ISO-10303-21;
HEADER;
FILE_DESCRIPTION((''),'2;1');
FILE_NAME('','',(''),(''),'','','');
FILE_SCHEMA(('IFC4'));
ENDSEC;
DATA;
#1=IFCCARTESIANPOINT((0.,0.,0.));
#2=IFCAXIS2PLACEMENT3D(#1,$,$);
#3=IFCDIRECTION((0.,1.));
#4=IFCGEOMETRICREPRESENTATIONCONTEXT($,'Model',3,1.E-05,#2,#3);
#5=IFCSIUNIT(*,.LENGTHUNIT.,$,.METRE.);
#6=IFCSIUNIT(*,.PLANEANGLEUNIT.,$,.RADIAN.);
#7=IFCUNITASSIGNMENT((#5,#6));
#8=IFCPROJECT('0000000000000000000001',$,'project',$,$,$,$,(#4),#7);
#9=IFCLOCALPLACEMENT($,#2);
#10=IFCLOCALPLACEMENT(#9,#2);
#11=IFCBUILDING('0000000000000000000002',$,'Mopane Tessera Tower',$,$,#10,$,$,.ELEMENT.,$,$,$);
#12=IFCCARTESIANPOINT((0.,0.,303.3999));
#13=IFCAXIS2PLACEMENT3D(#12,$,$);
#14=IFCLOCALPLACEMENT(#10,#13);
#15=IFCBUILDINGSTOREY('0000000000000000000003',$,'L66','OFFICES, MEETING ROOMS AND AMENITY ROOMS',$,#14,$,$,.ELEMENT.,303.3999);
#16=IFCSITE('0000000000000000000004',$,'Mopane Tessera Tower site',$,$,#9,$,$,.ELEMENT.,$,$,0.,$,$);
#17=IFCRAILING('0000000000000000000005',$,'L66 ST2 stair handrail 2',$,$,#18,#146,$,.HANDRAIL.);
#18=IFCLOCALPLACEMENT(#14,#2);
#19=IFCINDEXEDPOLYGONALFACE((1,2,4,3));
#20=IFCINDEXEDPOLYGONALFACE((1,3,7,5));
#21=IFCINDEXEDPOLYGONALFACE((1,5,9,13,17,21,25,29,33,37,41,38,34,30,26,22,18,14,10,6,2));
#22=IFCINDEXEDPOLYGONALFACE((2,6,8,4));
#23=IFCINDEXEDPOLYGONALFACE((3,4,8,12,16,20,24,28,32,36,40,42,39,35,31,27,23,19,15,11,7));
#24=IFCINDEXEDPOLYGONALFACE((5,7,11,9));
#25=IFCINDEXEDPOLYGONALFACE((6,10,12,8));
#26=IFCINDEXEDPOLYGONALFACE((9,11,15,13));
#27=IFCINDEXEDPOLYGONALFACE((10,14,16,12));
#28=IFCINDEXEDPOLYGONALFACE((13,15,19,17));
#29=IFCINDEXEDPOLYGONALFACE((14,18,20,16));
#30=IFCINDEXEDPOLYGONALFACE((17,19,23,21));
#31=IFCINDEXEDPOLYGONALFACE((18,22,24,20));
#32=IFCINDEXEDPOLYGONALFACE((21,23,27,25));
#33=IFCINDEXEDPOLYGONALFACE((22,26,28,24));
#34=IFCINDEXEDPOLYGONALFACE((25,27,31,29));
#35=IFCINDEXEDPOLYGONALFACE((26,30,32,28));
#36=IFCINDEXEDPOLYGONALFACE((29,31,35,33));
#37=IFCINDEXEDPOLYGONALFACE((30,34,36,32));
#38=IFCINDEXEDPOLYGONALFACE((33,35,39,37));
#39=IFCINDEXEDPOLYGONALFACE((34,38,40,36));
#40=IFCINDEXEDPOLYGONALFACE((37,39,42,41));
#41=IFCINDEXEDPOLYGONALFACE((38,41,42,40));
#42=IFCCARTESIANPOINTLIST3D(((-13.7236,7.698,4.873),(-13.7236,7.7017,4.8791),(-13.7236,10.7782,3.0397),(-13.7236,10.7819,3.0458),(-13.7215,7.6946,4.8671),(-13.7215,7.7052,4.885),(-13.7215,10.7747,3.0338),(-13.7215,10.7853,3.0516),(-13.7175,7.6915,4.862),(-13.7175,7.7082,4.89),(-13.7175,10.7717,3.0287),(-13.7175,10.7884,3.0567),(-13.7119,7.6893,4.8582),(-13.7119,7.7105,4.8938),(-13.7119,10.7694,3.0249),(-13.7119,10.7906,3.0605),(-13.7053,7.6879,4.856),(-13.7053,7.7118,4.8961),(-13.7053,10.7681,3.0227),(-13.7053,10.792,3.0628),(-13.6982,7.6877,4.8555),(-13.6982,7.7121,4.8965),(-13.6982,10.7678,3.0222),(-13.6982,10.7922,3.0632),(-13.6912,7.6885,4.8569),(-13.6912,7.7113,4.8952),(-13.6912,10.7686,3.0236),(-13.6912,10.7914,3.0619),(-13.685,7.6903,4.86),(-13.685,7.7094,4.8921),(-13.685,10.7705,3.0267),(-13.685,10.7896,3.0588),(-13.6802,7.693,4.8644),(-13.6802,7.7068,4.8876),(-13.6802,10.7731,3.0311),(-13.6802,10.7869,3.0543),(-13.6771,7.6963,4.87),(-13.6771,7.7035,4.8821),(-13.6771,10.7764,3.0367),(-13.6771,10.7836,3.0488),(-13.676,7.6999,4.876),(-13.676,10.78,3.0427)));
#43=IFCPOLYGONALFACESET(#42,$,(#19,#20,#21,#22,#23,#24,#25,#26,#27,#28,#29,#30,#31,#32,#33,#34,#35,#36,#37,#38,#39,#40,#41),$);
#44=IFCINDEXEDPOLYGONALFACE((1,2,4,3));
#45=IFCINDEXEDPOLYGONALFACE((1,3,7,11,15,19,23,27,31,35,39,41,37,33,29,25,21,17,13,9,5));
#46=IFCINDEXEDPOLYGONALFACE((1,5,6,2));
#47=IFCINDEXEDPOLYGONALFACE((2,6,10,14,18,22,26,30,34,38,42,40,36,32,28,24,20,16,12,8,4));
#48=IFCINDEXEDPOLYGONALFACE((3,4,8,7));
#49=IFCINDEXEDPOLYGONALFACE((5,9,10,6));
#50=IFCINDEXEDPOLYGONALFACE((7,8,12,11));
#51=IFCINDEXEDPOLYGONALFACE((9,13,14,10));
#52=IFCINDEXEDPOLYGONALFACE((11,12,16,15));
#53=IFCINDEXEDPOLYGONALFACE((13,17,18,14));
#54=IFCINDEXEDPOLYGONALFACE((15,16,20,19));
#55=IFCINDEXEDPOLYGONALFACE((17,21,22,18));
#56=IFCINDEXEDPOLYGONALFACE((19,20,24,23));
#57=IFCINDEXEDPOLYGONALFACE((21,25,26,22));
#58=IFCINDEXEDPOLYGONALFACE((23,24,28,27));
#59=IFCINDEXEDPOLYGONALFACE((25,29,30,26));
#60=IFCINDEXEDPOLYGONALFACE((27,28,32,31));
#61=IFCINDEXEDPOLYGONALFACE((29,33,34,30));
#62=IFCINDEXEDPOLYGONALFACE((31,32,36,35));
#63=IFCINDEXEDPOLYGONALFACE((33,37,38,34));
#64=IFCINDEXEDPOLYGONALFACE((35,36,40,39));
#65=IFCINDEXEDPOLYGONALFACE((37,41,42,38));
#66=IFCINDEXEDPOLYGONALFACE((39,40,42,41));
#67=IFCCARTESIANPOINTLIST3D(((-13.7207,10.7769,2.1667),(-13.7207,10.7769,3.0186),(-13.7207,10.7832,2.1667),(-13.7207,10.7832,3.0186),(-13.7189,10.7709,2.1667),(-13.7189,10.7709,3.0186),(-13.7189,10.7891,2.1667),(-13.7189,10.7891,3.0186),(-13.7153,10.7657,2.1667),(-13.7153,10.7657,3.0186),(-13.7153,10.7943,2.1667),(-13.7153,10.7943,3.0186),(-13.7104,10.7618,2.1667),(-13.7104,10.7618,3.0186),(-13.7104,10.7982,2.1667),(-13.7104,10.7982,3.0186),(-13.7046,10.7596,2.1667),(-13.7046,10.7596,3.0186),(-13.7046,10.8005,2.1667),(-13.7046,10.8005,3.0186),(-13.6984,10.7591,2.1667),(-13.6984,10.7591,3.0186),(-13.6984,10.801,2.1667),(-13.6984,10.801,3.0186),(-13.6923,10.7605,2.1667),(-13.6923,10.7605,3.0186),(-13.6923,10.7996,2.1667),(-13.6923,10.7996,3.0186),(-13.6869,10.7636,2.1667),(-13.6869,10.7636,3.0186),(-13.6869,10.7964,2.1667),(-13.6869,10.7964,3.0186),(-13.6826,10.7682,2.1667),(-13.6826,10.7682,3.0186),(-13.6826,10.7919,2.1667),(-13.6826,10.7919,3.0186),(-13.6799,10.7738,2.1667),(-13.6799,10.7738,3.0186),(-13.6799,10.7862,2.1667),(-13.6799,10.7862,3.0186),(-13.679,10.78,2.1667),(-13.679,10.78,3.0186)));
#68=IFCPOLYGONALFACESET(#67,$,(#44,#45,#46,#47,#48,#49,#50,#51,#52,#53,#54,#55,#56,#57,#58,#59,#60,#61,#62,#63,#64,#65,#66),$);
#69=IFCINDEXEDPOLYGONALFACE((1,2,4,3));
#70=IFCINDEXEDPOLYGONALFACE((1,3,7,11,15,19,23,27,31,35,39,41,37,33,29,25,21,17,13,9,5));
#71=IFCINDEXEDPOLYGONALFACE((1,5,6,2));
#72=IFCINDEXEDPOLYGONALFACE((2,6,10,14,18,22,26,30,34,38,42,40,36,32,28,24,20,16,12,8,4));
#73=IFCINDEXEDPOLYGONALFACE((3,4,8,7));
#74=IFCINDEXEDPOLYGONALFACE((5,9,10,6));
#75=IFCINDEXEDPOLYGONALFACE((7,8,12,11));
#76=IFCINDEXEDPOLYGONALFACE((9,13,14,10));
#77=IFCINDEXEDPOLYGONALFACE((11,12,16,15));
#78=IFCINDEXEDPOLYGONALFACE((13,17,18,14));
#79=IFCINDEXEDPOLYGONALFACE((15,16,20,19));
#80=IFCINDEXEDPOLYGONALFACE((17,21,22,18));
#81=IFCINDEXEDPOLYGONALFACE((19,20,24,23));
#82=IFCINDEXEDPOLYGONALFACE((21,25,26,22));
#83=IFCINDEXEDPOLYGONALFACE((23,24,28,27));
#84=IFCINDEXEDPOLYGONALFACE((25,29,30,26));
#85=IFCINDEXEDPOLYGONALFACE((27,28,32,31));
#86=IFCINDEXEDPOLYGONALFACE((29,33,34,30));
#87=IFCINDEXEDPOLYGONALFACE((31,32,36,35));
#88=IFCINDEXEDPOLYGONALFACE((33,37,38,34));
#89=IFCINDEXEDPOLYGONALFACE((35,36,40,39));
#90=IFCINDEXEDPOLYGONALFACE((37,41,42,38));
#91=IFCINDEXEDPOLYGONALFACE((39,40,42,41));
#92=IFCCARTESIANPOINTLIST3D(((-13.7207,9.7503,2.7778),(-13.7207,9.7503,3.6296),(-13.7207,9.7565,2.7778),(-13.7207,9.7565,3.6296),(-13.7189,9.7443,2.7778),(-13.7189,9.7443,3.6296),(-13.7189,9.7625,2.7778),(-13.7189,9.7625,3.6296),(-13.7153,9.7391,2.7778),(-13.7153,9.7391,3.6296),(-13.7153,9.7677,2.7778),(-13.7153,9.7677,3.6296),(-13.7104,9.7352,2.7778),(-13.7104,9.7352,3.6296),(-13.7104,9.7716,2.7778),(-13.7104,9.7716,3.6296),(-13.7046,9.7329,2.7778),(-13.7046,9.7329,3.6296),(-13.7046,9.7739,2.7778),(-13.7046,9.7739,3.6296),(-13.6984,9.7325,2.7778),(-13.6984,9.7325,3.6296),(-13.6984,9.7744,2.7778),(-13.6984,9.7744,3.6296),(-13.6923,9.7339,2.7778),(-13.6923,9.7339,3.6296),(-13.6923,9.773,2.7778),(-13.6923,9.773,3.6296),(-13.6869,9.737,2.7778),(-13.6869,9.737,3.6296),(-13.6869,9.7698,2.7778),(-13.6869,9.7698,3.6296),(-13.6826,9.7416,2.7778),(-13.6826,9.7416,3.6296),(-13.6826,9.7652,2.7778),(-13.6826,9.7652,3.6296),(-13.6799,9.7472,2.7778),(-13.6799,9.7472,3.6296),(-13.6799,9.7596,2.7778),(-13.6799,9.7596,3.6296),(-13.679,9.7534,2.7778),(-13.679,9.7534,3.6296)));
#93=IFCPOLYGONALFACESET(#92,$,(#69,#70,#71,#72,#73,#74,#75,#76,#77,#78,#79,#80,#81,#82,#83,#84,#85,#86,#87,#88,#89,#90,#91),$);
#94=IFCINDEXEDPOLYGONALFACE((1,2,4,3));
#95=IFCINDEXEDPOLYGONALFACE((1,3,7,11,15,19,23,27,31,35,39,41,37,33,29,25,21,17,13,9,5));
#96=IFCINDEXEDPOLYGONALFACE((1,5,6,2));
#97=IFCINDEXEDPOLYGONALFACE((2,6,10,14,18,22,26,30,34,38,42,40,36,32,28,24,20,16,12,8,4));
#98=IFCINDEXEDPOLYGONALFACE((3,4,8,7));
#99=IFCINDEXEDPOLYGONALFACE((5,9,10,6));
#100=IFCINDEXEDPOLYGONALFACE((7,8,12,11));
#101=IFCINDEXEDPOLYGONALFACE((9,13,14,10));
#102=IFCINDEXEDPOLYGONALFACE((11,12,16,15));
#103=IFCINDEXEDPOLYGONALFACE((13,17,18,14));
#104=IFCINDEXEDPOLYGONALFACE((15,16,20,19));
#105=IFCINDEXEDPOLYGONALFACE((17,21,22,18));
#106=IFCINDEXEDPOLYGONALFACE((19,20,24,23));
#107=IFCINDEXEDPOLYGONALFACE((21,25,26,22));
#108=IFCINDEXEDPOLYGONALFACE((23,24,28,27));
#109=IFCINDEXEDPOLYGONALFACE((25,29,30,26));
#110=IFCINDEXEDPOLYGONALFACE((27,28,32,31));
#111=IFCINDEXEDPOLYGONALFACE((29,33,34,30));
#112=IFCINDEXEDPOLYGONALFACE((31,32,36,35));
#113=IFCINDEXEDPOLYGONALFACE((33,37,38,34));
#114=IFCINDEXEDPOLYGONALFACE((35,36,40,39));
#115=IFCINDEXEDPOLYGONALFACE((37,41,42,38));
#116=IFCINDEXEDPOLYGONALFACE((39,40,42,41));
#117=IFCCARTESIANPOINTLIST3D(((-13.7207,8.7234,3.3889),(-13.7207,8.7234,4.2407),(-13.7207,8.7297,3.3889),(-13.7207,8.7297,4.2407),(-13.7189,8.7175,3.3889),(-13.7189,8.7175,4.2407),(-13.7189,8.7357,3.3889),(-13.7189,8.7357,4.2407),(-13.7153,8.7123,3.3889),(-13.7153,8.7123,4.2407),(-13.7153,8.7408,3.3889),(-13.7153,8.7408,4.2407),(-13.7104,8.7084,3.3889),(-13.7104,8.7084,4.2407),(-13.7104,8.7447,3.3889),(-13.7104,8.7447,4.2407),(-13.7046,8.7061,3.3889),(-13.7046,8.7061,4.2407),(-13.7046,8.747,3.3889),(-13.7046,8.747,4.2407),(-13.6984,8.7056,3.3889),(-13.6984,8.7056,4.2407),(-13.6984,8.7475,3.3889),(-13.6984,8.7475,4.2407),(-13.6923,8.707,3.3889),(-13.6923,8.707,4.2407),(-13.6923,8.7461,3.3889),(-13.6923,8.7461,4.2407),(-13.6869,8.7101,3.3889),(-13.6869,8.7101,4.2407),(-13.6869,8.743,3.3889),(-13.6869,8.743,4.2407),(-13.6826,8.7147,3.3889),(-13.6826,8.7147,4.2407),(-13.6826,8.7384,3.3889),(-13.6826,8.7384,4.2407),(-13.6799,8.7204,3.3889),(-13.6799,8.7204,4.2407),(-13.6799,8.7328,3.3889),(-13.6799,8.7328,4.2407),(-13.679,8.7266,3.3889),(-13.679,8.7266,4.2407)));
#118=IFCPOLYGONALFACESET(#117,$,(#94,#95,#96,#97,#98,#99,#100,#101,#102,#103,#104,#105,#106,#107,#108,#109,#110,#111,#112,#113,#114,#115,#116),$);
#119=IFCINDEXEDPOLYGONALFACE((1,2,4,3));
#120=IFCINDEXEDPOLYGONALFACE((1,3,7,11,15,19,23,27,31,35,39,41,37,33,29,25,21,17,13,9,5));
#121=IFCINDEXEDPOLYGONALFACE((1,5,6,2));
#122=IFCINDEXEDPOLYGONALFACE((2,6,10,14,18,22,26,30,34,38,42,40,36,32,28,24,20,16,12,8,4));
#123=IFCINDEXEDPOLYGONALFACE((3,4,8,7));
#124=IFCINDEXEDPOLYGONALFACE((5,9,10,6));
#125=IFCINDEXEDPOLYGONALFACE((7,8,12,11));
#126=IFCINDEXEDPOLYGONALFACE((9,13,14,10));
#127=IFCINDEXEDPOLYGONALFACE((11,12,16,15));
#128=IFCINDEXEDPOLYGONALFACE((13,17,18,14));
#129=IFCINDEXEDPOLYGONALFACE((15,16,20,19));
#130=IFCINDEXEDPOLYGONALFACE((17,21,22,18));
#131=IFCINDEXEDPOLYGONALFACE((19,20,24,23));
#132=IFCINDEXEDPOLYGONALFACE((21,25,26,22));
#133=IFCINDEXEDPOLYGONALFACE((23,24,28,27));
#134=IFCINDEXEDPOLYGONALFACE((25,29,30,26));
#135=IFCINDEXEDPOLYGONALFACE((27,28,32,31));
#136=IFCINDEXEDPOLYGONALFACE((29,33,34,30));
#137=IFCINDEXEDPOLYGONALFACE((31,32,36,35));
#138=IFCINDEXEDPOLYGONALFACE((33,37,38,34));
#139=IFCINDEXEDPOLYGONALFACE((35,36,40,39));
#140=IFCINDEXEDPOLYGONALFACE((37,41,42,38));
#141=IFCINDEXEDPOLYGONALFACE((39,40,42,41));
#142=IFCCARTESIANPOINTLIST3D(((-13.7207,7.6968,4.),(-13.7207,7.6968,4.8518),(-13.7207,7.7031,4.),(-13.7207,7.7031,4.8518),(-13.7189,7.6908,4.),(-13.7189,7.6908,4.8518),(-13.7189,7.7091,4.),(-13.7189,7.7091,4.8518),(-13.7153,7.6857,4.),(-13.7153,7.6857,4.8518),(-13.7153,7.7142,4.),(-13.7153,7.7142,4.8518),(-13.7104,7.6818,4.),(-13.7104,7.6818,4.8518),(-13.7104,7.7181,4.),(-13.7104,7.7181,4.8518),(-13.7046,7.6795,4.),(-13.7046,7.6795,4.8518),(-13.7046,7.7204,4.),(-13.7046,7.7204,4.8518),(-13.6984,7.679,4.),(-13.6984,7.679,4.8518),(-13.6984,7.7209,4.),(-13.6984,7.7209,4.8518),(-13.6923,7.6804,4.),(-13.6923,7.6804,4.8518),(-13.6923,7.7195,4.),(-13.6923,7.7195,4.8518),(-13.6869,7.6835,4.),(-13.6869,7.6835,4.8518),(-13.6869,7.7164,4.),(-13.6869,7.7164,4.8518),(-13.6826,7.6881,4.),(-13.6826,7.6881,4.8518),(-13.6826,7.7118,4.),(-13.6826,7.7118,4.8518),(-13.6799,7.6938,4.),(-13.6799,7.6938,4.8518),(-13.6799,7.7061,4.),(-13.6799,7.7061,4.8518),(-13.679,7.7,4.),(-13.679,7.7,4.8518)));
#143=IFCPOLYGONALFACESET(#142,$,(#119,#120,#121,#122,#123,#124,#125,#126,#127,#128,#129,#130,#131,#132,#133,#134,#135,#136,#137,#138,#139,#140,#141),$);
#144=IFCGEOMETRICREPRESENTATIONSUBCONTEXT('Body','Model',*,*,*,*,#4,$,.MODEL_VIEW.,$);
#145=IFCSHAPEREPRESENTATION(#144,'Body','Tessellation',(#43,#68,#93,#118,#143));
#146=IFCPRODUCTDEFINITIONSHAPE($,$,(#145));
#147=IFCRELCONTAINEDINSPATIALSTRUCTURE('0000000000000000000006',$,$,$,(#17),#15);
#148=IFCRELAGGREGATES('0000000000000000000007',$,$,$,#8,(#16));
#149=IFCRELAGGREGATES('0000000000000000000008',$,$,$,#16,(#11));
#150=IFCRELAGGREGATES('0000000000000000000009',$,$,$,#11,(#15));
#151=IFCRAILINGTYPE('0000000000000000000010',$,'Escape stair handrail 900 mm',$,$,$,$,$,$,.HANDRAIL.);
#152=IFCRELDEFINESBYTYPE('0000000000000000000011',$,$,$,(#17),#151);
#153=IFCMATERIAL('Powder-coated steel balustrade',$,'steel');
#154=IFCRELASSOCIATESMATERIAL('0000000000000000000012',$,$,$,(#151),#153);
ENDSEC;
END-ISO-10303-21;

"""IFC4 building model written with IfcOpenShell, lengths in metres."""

from ifc_helpers import new_model, si_unit, direction, frame, origin, origin_2d, place, context, subcontext, project, spatial, circle, extrude, material, type_object, element, save


model = new_model("IFC4")

# Units and contexts
model_context = context("Model", 3, precision=1e-05, world=origin(), true_north=direction((0.0, 1.0)))
body_context = subcontext(model_context, "Body", "Model", "MODEL_VIEW")
ifc_project = project(units=[si_unit("LENGTHUNIT", "METRE"), si_unit("PLANEANGLEUNIT", "RADIAN")], contexts=[model_context])

# Site, building, storey
site_placement = place(None, origin())
site = spatial("IfcSite", under=ifc_project, at=site_placement, Name="Mopane Tessera Tower site", CompositionType="ELEMENT", RefElevation=0.0)
building_placement = place(site_placement, origin())
building = spatial("IfcBuilding", under=site, at=building_placement, Name="Mopane Tessera Tower", CompositionType="ELEMENT")
storey_placement = place(building_placement, frame((0.0, 0.0, 303.3999)))
storey = spatial("IfcBuildingStorey", under=building, at=storey_placement, Name="L66", Description="OFFICES, MEETING ROOMS AND AMENITY ROOMS", CompositionType="ELEMENT", Elevation=303.3999)

# Railing
ifc_material_1 = material(Name="Powder-coated steel balustrade", Category="steel")
railing_type_1 = type_object("IfcRailingType", Name="Escape stair handrail 900 mm", PredefinedType="HANDRAIL", material=ifc_material_1)
railing_1_placement = place(storey_placement, frame((-13.7, 10.78, 2.1667)))
element("IfcRailing", 1, at=railing_1_placement, inside=storey, type_object=railing_type_1, Name="L66 ST2 stair handrail 2", PredefinedType="HANDRAIL", context=body_context, shape_type="SweptSolid", body=[
    extrude(circle(Radius=0.0239, at=origin_2d()), frame((0.0, 0.0, 0.876), z_axis=(0.0, -0.859309, 0.511458), x_axis=(1.0, 0.0, 0.0)), (0.0, 0.0, 1.0), 3.5845),
    extrude(circle(Radius=0.021, at=origin_2d()), origin(), (0.0, 0.0, 1.0), 0.8518),
    extrude(circle(Radius=0.021, at=origin_2d()), frame((0.0, -1.0266, 0.6111)), (0.0, 0.0, 1.0), 0.8518),
    extrude(circle(Radius=0.021, at=origin_2d()), frame((0.0, -2.0535, 1.2222)), (0.0, 0.0, 1.0), 0.8518),
    extrude(circle(Radius=0.021, at=origin_2d()), frame((0.0, -3.0801, 1.8333)), (0.0, 0.0, 1.0), 0.8518),
])

save(model, "model.ifc")
